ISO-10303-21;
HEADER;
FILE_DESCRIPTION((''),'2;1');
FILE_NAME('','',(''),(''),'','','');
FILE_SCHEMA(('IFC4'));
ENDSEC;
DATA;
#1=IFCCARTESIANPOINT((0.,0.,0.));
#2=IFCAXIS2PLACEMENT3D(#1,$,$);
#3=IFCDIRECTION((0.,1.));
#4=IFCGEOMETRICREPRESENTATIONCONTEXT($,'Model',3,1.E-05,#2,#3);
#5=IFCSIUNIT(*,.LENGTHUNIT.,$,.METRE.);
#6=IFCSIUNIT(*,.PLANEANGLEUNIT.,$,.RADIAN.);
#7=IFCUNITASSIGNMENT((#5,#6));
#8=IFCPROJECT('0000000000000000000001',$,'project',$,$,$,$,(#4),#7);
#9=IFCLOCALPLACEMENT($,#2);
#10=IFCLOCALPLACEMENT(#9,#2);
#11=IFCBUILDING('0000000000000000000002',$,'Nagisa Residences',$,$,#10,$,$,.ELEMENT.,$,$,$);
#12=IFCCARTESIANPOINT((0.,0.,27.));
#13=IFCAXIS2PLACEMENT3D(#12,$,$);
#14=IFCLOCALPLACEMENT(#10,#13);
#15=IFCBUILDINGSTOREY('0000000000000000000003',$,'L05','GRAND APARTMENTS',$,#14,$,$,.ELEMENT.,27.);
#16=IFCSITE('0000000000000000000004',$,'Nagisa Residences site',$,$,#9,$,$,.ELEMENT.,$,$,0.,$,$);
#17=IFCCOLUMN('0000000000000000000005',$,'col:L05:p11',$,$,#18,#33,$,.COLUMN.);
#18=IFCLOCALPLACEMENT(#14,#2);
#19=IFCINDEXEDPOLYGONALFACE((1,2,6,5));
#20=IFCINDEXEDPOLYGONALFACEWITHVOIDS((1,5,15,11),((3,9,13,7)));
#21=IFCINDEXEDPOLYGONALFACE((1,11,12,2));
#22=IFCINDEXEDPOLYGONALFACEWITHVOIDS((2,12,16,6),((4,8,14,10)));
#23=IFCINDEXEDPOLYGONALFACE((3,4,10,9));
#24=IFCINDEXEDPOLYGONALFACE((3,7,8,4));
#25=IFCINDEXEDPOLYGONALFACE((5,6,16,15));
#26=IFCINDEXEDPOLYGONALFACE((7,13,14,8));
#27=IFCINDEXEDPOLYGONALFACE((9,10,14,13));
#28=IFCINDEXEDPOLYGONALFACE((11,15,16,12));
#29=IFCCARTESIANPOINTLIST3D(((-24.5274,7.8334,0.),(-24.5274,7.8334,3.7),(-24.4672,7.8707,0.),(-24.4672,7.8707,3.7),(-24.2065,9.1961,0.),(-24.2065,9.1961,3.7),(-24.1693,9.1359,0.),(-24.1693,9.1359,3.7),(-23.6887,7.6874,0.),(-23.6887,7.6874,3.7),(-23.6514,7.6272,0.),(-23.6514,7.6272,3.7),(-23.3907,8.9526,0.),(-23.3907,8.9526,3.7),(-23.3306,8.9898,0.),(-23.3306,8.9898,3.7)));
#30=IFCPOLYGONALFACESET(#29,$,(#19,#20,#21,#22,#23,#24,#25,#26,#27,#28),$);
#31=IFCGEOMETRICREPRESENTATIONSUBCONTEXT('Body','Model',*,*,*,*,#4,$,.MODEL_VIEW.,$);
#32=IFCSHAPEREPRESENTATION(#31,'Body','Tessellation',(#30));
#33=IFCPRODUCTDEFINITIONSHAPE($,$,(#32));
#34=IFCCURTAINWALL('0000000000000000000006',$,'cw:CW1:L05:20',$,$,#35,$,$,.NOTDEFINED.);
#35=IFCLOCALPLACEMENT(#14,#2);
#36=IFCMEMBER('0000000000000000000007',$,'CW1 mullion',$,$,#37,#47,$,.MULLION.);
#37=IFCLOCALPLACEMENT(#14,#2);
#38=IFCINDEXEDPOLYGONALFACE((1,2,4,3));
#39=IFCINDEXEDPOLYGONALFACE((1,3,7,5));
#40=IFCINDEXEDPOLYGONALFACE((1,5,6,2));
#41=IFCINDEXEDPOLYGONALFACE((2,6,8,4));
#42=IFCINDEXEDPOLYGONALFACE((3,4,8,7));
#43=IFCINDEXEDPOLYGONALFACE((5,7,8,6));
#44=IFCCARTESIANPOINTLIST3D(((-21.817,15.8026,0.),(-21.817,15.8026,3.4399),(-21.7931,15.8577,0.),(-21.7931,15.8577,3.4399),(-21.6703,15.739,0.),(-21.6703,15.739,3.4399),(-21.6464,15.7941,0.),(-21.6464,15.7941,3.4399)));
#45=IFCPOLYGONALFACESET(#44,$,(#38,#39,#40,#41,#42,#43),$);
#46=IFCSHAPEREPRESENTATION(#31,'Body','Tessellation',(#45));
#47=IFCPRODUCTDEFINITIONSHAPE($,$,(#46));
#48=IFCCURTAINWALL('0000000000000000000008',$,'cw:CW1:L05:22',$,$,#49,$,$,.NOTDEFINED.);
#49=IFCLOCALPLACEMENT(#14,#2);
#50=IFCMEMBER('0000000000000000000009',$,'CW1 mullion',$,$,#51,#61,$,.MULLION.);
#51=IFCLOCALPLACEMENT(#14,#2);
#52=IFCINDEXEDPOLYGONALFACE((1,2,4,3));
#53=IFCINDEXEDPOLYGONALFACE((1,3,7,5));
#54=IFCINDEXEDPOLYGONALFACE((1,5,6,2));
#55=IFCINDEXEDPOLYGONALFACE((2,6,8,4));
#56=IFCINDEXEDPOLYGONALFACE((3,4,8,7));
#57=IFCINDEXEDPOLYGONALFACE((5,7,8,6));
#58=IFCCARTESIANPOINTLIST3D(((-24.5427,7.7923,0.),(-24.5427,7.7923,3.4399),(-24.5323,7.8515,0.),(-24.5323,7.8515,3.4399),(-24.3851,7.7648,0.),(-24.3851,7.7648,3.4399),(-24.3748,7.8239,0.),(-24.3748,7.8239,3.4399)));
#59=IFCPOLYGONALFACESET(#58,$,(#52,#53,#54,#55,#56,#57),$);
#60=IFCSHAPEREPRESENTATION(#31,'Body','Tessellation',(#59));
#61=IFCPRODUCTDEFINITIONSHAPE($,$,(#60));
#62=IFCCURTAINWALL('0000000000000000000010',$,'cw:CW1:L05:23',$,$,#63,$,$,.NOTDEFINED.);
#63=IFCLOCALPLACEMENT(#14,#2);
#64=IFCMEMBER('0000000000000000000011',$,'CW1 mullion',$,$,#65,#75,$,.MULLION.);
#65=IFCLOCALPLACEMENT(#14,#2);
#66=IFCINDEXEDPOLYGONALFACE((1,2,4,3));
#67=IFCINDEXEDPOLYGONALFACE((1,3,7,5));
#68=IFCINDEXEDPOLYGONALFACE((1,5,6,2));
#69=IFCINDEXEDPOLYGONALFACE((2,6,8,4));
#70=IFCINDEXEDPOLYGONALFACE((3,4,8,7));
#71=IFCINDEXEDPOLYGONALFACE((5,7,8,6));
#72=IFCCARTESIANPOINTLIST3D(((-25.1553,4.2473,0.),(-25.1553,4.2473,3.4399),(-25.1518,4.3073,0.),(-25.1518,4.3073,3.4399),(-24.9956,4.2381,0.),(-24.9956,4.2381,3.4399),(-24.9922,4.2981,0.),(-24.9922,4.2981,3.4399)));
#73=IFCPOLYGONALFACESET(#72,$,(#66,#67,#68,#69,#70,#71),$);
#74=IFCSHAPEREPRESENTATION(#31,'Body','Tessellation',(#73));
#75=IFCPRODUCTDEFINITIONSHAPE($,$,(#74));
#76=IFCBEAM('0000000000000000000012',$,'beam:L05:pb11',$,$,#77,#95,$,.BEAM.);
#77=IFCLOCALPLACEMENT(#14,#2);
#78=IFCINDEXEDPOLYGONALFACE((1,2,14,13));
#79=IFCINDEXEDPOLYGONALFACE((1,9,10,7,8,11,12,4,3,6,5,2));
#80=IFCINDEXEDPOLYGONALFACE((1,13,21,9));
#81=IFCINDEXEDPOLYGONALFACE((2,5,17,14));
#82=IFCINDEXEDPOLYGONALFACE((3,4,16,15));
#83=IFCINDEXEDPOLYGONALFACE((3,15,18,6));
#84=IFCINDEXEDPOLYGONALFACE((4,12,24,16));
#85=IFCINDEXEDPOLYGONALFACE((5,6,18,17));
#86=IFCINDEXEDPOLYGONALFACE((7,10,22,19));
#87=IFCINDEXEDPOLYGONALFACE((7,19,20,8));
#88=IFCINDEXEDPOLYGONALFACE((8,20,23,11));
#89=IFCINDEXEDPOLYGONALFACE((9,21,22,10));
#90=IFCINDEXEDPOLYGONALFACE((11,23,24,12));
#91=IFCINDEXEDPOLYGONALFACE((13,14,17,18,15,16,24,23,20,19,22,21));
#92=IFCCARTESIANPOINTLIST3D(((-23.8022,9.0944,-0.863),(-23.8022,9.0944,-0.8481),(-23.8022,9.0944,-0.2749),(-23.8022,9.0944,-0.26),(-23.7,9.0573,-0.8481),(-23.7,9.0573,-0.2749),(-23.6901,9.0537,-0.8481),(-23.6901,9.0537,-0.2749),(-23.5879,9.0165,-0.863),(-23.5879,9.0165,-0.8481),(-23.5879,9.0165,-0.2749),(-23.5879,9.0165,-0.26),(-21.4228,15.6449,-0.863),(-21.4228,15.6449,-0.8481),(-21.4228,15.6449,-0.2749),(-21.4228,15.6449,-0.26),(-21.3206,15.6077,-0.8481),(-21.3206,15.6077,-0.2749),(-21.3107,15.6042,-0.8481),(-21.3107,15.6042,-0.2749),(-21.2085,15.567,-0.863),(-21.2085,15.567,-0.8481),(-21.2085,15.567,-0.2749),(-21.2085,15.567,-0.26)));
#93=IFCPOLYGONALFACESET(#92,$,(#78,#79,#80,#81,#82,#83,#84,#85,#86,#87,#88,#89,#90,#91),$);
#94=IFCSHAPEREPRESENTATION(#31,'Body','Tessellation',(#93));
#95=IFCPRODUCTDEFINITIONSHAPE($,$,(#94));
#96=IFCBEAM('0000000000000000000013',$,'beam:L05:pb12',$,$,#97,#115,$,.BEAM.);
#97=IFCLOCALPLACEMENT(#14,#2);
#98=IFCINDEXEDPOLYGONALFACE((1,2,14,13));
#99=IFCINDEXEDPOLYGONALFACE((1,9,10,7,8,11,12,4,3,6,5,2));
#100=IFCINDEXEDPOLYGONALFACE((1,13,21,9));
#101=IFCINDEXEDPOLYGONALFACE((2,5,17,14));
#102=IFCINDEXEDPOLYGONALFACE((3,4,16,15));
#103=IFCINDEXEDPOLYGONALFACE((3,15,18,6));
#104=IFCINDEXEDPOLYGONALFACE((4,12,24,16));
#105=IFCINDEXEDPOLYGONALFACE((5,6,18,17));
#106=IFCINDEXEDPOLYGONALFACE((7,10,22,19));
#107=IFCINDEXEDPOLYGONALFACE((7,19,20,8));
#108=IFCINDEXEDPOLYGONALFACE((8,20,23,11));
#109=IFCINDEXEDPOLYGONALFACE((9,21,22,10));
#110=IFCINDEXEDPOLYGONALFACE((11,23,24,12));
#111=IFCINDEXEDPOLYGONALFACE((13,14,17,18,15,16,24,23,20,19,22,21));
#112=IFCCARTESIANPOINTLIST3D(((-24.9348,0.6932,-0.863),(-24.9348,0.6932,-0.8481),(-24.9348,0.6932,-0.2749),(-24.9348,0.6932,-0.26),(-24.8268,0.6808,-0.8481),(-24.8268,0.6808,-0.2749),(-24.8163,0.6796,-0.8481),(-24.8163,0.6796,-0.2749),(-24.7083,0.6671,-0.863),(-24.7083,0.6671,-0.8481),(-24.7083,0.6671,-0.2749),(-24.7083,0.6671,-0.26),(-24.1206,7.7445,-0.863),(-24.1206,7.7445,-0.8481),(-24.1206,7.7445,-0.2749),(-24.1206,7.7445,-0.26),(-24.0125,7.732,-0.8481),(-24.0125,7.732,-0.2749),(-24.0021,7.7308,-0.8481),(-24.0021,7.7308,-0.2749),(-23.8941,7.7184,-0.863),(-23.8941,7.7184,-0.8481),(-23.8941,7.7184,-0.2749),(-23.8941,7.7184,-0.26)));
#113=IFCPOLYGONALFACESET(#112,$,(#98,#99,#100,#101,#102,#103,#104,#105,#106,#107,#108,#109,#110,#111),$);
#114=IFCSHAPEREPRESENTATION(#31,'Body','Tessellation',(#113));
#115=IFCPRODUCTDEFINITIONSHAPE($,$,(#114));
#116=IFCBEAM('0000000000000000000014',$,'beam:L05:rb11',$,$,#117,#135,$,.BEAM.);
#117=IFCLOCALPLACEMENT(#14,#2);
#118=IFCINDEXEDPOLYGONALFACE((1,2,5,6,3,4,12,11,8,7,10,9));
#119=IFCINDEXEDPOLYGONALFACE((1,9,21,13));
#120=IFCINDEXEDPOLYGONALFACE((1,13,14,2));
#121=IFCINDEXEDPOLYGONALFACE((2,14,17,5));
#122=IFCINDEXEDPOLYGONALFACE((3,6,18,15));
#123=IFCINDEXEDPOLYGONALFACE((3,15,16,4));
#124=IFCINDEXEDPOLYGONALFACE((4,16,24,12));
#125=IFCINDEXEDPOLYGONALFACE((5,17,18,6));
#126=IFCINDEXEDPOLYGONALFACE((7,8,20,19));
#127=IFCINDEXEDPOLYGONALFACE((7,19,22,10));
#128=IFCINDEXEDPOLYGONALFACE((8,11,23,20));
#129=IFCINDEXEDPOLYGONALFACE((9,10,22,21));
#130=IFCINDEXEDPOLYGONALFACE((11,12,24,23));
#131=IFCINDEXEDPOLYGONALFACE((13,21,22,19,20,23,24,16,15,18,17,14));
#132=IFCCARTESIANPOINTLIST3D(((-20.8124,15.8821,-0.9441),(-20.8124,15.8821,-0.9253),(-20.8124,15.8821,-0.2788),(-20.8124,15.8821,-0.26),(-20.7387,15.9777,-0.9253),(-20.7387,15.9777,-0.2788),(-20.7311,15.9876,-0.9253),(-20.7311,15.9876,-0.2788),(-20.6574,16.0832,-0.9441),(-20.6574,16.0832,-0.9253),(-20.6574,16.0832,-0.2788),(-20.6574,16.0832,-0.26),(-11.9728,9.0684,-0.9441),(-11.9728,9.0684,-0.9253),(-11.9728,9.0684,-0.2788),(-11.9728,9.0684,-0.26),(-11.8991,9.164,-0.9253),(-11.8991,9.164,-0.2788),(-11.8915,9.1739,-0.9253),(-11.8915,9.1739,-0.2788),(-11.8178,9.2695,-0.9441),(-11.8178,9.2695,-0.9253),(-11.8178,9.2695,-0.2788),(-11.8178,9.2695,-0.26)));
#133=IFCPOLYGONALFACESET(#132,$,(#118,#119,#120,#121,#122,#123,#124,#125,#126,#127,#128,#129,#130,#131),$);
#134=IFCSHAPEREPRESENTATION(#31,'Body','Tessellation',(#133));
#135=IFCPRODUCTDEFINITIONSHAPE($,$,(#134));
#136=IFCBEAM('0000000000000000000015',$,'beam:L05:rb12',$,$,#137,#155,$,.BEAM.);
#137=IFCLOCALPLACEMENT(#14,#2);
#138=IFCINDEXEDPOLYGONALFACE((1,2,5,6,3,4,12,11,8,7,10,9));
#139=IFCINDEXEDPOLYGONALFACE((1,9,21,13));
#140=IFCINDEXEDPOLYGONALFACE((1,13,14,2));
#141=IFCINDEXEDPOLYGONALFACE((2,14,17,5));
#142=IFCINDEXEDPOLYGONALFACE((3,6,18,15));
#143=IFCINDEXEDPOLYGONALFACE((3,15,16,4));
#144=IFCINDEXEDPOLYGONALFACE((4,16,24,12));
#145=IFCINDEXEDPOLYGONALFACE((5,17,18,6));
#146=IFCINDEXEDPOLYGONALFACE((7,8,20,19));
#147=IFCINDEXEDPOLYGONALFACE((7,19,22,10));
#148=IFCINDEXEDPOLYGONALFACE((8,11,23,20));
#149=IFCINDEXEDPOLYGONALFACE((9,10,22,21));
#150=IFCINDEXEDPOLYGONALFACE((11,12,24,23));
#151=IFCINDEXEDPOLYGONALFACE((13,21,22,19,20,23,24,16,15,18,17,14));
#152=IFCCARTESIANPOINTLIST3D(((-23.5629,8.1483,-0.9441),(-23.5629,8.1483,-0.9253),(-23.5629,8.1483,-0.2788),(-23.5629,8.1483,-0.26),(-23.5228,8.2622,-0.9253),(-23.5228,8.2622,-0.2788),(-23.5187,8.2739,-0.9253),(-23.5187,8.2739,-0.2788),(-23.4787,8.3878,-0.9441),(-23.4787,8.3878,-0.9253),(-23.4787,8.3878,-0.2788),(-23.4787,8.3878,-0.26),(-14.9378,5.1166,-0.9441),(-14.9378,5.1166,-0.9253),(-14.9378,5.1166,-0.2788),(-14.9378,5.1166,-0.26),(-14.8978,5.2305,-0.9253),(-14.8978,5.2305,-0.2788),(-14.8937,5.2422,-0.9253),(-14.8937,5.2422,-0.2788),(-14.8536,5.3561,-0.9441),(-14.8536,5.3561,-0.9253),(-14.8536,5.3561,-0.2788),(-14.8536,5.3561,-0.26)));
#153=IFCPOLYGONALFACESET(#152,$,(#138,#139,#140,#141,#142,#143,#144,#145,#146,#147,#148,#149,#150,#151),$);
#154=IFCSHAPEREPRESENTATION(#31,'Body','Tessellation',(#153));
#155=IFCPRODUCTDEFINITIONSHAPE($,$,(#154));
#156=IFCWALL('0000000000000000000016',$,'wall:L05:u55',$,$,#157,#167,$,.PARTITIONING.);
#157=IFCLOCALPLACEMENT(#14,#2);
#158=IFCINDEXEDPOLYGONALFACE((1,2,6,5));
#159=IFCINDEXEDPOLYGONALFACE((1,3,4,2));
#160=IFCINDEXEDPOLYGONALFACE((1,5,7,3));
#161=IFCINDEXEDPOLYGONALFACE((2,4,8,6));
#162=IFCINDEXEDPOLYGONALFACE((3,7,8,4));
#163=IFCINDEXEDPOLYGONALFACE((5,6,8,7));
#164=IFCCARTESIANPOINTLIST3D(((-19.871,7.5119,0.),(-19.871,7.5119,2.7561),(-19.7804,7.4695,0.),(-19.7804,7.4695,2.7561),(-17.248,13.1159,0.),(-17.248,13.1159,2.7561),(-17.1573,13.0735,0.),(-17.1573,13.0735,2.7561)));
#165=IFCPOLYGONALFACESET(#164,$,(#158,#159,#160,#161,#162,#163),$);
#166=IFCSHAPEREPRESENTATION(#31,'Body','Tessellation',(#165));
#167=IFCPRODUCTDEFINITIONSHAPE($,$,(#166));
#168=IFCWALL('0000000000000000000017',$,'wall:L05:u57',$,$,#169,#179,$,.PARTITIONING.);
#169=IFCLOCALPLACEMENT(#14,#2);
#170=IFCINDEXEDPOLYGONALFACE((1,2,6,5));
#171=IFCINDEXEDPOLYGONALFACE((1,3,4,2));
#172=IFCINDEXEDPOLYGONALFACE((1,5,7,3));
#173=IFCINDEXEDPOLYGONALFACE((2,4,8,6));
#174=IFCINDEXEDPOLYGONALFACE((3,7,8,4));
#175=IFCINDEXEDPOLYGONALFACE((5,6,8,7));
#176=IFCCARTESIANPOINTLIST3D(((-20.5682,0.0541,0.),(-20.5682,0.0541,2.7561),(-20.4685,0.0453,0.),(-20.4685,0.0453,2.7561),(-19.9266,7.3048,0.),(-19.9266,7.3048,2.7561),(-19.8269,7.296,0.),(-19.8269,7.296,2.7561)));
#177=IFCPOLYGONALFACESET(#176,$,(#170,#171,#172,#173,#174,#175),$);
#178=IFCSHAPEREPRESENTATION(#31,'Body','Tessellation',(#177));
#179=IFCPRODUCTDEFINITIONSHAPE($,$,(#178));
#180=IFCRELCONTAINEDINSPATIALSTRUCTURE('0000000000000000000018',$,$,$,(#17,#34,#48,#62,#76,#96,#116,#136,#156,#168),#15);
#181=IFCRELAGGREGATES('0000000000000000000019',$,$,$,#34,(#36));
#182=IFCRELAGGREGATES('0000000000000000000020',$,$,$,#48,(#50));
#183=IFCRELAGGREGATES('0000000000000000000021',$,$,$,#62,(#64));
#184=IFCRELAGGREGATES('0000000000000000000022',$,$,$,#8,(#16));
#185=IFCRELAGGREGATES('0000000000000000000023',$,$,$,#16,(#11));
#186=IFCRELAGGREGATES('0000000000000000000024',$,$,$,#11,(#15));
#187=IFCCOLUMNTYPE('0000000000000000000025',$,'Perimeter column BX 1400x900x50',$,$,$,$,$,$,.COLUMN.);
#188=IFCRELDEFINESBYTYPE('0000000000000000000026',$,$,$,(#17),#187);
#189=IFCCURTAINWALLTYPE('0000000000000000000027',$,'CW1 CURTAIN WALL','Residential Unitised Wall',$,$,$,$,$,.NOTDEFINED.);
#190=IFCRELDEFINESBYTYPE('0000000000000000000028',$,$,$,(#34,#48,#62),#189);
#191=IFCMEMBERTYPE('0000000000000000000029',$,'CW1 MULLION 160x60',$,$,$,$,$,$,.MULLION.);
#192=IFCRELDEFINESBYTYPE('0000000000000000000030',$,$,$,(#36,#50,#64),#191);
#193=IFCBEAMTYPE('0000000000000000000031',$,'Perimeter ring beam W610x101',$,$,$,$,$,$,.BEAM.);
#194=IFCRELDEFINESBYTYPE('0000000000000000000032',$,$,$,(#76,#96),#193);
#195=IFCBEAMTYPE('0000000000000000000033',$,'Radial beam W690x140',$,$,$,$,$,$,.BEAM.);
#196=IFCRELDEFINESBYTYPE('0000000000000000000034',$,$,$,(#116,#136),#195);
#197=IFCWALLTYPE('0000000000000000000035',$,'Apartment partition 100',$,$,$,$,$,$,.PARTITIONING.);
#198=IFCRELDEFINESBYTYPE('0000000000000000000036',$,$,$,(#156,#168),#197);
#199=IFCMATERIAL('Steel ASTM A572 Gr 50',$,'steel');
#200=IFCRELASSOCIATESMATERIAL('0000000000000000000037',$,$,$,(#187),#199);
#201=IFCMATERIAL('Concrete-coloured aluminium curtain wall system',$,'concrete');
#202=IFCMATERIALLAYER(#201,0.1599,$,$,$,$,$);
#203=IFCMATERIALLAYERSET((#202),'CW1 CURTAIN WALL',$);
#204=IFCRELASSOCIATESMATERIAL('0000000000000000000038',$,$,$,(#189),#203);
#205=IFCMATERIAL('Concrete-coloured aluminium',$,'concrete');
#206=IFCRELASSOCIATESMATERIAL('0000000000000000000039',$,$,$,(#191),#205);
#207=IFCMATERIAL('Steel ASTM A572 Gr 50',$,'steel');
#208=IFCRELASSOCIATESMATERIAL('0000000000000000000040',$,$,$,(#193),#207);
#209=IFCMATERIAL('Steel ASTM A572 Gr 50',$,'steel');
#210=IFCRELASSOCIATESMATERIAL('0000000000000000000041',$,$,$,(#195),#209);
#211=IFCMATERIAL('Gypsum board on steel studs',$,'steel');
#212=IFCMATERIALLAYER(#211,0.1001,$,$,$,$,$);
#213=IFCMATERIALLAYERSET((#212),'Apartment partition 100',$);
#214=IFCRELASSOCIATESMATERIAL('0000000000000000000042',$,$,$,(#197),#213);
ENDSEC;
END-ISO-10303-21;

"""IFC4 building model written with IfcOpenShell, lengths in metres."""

from ifc_helpers import new_model, si_unit, direction, frame, frame_2d, origin, origin_2d, place, context, subcontext, project, spatial, rectangle, hollow_rectangle, i_section, extrude, material, layer, layer_set, material_profile, profile_set, type_object, element, aggregate, save


model = new_model("IFC4")

# Units and contexts
model_context = context("Model", 3, precision=1e-05, world=origin(), true_north=direction((0.0, 1.0)))
body_context = subcontext(model_context, "Body", "Model", "MODEL_VIEW")
ifc_project = project(units=[si_unit("LENGTHUNIT", "METRE"), si_unit("PLANEANGLEUNIT", "RADIAN")], contexts=[model_context])

# Site, building, storey
site_placement = place(None, origin())
site = spatial("IfcSite", under=ifc_project, at=site_placement, Name="Nagisa Residences site", CompositionType="ELEMENT", RefElevation=0.0)
building_placement = place(site_placement, origin())
building = spatial("IfcBuilding", under=site, at=building_placement, Name="Nagisa Residences", CompositionType="ELEMENT")
storey_placement = place(building_placement, frame((0.0, 0.0, 27.0)))
storey = spatial("IfcBuildingStorey", under=building, at=storey_placement, Name="L05", Description="GRAND APARTMENTS", CompositionType="ELEMENT", Elevation=27.0)

# Column
ifc_material_1 = material(Name="Steel ASTM A572 Gr 50", Category="steel")
ifc_material_profile_1 = material_profile(ifc_material_1, hollow_rectangle(XDim=1.3999, YDim=0.8999, WallThickness=0.05, at=origin_2d()), Name="BX 1400x900x50")
ifc_profile_set_1 = profile_set([ifc_material_profile_1], Name="Steel ASTM A572 Gr 50")
column_type = type_object("IfcColumnType", Name="Perimeter column BX 1400x900x50", PredefinedType="COLUMN", material=ifc_profile_set_1)
column_placement = place(storey_placement, frame((-23.929, 8.4116, 0.0), z_axis=(0.0, 0.0, 1.0), x_axis=(-0.229202, -0.973379, 0.0)))
element("IfcColumn", 1, at=column_placement, inside=storey, type_object=column_type, Name="col:L05:p11", PredefinedType="COLUMN", context=body_context, shape_type="SweptSolid", body=[
    extrude(hollow_rectangle(XDim=1.3999, YDim=0.8999, WallThickness=0.05, at=origin_2d()), origin(), (0.0, 0.0, 1.0), 3.7),
])

# Curtain walls, members
ifc_material_2 = material(Name="Concrete-coloured aluminium curtain wall system", Category="concrete")
ifc_layer_1 = layer(ifc_material_2, 0.1599)
ifc_layer_set_1 = layer_set([ifc_layer_1], Name="CW1 CURTAIN WALL")
curtain_wall_type = type_object("IfcCurtainWallType", Name="CW1 CURTAIN WALL", Description="Residential Unitised Wall", PredefinedType="NOTDEFINED", material=ifc_layer_set_1)
curtain_wall_1_placement = place(storey_placement, origin())
curtain_wall_1 = element("IfcCurtainWall", 2, at=curtain_wall_1_placement, inside=storey, type_object=curtain_wall_type, Name="cw:CW1:L05:20", PredefinedType="NOTDEFINED")
ifc_material_3 = material(Name="Concrete-coloured aluminium", Category="concrete")
ifc_material_profile_2 = material_profile(ifc_material_3, rectangle(XDim=0.1599, YDim=0.0601, at=origin_2d()), Name="CW1 MULLION 160x60")
ifc_profile_set_2 = profile_set([ifc_material_profile_2], Name="Concrete-coloured aluminium")
member_type = type_object("IfcMemberType", Name="CW1 MULLION 160x60", PredefinedType="MULLION", material=ifc_profile_set_2)
member_1_placement = place(storey_placement, frame((-21.7317, 15.7983, 0.0), z_axis=(0.0, 0.0, 1.0), x_axis=(0.917543, -0.397636, 0.0)))
member_1 = element("IfcMember", 3, at=member_1_placement, type_object=member_type, Name="CW1 mullion", PredefinedType="MULLION", context=body_context, shape_type="SweptSolid", body=[
    extrude(rectangle(XDim=0.1599, YDim=0.0601, at=origin_2d()), origin(), (0.0, 0.0, 1.0), 3.4399),
])
aggregate(curtain_wall_1, [member_1])
curtain_wall_2_placement = place(storey_placement, origin())
curtain_wall_2 = element("IfcCurtainWall", 4, at=curtain_wall_2_placement, inside=storey, type_object=curtain_wall_type, Name="cw:CW1:L05:22", PredefinedType="NOTDEFINED")
member_2_placement = place(storey_placement, frame((-24.4587, 7.8081, 0.0), z_axis=(0.0, 0.0, 1.0), x_axis=(0.985064, -0.172191, 0.0)))
member_2 = element("IfcMember", 5, at=member_2_placement, type_object=member_type, Name="CW1 mullion", PredefinedType="MULLION", context=body_context, shape_type="SweptSolid", body=[
    extrude(rectangle(XDim=0.1599, YDim=0.0601, at=origin_2d()), origin(), (0.0, 0.0, 1.0), 3.4399),
])
aggregate(curtain_wall_2, [member_2])
curtain_wall_3_placement = place(storey_placement, origin())
curtain_wall_3 = element("IfcCurtainWall", 6, at=curtain_wall_3_placement, inside=storey, type_object=curtain_wall_type, Name="cw:CW1:L05:23", PredefinedType="NOTDEFINED")
member_3_placement = place(storey_placement, frame((-25.0737, 4.2727, 0.0), z_axis=(0.0, 0.0, 1.0), x_axis=(0.998345, -0.057503, 0.0)))
member_3 = element("IfcMember", 7, at=member_3_placement, type_object=member_type, Name="CW1 mullion", PredefinedType="MULLION", context=body_context, shape_type="SweptSolid", body=[
    extrude(rectangle(XDim=0.1599, YDim=0.0601, at=origin_2d()), origin(), (0.0, 0.0, 1.0), 3.4399),
])
aggregate(curtain_wall_3, [member_3])

# Beams
ifc_material_4 = material(Name="Steel ASTM A572 Gr 50", Category="steel")
ifc_material_profile_3 = material_profile(ifc_material_4, i_section(OverallWidth=0.228, OverallDepth=0.603, WebThickness=0.0105, FlangeThickness=0.0149, at=origin_2d()), Name="W610x101")
ifc_profile_set_3 = profile_set([ifc_material_profile_3], Name="Steel ASTM A572 Gr 50")
beam_type_1 = type_object("IfcBeamType", Name="Perimeter ring beam W610x101", PredefinedType="BEAM", material=ifc_profile_set_3)
beam_1_placement = place(storey_placement, frame((-21.3157, 15.606, -0.5615), z_axis=(-0.341411, -0.939914, 0.0), x_axis=(0.939914, -0.341411, 0.0)))
element("IfcBeam", 8, at=beam_1_placement, inside=storey, type_object=beam_type_1, Name="beam:L05:pb11", PredefinedType="BEAM", context=body_context, shape_type="SweptSolid", body=[
    extrude(i_section(OverallWidth=0.228, OverallDepth=0.603, WebThickness=0.0105, FlangeThickness=0.0149, at=origin_2d()), origin(), (0.0, 0.0, 1.0), 6.9692),
])
beam_2_placement = place(storey_placement, frame((-24.0073, 7.7314, -0.5615), z_axis=(-0.114708, -0.993399, 0.0), x_axis=(0.993399, -0.114708, 0.0)))
element("IfcBeam", 9, at=beam_2_placement, inside=storey, type_object=beam_type_1, Name="beam:L05:pb12", PredefinedType="BEAM", context=body_context, shape_type="SweptSolid", body=[
    extrude(i_section(OverallWidth=0.228, OverallDepth=0.603, WebThickness=0.0105, FlangeThickness=0.0149, at=origin_2d()), origin(), (0.0, 0.0, 1.0), 7.0981),
])
ifc_material_5 = material(Name="Steel ASTM A572 Gr 50", Category="steel")
ifc_material_profile_4 = material_profile(ifc_material_5, i_section(OverallWidth=0.2539, OverallDepth=0.6841, WebThickness=0.0125, FlangeThickness=0.0188, at=origin_2d()), Name="W690x140")
ifc_profile_set_4 = profile_set([ifc_material_profile_4], Name="Steel ASTM A572 Gr 50")
beam_type_2 = type_object("IfcBeamType", Name="Radial beam W690x140", PredefinedType="BEAM", material=ifc_profile_set_4)
beam_3_placement = place(storey_placement, frame((-20.7349, 15.9827, -0.6021), z_axis=(0.792016, -0.6105, 0.0), x_axis=(0.6105, 0.792016, 0.0)))
element("IfcBeam", 10, at=beam_3_placement, inside=storey, type_object=beam_type_2, Name="beam:L05:rb11", PredefinedType="BEAM", context=body_context, shape_type="SweptSolid", body=[
    extrude(i_section(OverallWidth=0.2539, OverallDepth=0.6841, WebThickness=0.0125, FlangeThickness=0.0188, at=origin_2d()), origin(), (0.0, 0.0, 1.0), 11.1609),
])
beam_4_placement = place(storey_placement, frame((-23.5208, 8.2681, -0.6021), z_axis=(0.943415, -0.331616, 0.0), x_axis=(0.331616, 0.943415, 0.0)))
element("IfcBeam", 11, at=beam_4_placement, inside=storey, type_object=beam_type_2, Name="beam:L05:rb12", PredefinedType="BEAM", context=body_context, shape_type="SweptSolid", body=[
    extrude(i_section(OverallWidth=0.2539, OverallDepth=0.6841, WebThickness=0.0125, FlangeThickness=0.0188, at=origin_2d()), origin(), (0.0, 0.0, 1.0), 9.1423),
])

# Walls
ifc_material_6 = material(Name="Gypsum board on steel studs", Category="steel")
ifc_layer_2 = layer(ifc_material_6, 0.1001)
ifc_layer_set_2 = layer_set([ifc_layer_2], Name="Apartment partition 100")
wall_type_1 = type_object("IfcWallType", Name="Apartment partition 100", PredefinedType="PARTITIONING", material=ifc_layer_set_2)
wall_1_placement = place(storey_placement, frame((-17.2026, 13.0947, 0.0), z_axis=(0.0, 0.0, 1.0), x_axis=(-0.423926, -0.905697, 0.0)))
element("IfcWall", 12, at=wall_1_placement, inside=storey, type_object=wall_type_1, Name="wall:L05:u55", PredefinedType="PARTITIONING", context=body_context, shape_type="SweptSolid", body=[
    extrude(rectangle(XDim=6.1875, YDim=0.1001, at=frame_2d((3.0938, 0.0))), origin(), (0.0, 0.0, 1.0), 2.7561),
])
wall_2_placement = place(storey_placement, frame((-19.8767, 7.3005, 0.0), z_axis=(0.0, 0.0, 1.0), x_axis=(-0.088143, -0.996108, 0.0)))
element("IfcWall", 13, at=wall_2_placement, inside=storey, type_object=wall_type_1, Name="wall:L05:u57", PredefinedType="PARTITIONING", context=body_context, shape_type="SweptSolid", body=[
    extrude(rectangle(XDim=7.2791, YDim=0.1001, at=frame_2d((3.6396, 0.0))), origin(), (0.0, 0.0, 1.0), 2.7561),
])

save(model, "model.ifc")
